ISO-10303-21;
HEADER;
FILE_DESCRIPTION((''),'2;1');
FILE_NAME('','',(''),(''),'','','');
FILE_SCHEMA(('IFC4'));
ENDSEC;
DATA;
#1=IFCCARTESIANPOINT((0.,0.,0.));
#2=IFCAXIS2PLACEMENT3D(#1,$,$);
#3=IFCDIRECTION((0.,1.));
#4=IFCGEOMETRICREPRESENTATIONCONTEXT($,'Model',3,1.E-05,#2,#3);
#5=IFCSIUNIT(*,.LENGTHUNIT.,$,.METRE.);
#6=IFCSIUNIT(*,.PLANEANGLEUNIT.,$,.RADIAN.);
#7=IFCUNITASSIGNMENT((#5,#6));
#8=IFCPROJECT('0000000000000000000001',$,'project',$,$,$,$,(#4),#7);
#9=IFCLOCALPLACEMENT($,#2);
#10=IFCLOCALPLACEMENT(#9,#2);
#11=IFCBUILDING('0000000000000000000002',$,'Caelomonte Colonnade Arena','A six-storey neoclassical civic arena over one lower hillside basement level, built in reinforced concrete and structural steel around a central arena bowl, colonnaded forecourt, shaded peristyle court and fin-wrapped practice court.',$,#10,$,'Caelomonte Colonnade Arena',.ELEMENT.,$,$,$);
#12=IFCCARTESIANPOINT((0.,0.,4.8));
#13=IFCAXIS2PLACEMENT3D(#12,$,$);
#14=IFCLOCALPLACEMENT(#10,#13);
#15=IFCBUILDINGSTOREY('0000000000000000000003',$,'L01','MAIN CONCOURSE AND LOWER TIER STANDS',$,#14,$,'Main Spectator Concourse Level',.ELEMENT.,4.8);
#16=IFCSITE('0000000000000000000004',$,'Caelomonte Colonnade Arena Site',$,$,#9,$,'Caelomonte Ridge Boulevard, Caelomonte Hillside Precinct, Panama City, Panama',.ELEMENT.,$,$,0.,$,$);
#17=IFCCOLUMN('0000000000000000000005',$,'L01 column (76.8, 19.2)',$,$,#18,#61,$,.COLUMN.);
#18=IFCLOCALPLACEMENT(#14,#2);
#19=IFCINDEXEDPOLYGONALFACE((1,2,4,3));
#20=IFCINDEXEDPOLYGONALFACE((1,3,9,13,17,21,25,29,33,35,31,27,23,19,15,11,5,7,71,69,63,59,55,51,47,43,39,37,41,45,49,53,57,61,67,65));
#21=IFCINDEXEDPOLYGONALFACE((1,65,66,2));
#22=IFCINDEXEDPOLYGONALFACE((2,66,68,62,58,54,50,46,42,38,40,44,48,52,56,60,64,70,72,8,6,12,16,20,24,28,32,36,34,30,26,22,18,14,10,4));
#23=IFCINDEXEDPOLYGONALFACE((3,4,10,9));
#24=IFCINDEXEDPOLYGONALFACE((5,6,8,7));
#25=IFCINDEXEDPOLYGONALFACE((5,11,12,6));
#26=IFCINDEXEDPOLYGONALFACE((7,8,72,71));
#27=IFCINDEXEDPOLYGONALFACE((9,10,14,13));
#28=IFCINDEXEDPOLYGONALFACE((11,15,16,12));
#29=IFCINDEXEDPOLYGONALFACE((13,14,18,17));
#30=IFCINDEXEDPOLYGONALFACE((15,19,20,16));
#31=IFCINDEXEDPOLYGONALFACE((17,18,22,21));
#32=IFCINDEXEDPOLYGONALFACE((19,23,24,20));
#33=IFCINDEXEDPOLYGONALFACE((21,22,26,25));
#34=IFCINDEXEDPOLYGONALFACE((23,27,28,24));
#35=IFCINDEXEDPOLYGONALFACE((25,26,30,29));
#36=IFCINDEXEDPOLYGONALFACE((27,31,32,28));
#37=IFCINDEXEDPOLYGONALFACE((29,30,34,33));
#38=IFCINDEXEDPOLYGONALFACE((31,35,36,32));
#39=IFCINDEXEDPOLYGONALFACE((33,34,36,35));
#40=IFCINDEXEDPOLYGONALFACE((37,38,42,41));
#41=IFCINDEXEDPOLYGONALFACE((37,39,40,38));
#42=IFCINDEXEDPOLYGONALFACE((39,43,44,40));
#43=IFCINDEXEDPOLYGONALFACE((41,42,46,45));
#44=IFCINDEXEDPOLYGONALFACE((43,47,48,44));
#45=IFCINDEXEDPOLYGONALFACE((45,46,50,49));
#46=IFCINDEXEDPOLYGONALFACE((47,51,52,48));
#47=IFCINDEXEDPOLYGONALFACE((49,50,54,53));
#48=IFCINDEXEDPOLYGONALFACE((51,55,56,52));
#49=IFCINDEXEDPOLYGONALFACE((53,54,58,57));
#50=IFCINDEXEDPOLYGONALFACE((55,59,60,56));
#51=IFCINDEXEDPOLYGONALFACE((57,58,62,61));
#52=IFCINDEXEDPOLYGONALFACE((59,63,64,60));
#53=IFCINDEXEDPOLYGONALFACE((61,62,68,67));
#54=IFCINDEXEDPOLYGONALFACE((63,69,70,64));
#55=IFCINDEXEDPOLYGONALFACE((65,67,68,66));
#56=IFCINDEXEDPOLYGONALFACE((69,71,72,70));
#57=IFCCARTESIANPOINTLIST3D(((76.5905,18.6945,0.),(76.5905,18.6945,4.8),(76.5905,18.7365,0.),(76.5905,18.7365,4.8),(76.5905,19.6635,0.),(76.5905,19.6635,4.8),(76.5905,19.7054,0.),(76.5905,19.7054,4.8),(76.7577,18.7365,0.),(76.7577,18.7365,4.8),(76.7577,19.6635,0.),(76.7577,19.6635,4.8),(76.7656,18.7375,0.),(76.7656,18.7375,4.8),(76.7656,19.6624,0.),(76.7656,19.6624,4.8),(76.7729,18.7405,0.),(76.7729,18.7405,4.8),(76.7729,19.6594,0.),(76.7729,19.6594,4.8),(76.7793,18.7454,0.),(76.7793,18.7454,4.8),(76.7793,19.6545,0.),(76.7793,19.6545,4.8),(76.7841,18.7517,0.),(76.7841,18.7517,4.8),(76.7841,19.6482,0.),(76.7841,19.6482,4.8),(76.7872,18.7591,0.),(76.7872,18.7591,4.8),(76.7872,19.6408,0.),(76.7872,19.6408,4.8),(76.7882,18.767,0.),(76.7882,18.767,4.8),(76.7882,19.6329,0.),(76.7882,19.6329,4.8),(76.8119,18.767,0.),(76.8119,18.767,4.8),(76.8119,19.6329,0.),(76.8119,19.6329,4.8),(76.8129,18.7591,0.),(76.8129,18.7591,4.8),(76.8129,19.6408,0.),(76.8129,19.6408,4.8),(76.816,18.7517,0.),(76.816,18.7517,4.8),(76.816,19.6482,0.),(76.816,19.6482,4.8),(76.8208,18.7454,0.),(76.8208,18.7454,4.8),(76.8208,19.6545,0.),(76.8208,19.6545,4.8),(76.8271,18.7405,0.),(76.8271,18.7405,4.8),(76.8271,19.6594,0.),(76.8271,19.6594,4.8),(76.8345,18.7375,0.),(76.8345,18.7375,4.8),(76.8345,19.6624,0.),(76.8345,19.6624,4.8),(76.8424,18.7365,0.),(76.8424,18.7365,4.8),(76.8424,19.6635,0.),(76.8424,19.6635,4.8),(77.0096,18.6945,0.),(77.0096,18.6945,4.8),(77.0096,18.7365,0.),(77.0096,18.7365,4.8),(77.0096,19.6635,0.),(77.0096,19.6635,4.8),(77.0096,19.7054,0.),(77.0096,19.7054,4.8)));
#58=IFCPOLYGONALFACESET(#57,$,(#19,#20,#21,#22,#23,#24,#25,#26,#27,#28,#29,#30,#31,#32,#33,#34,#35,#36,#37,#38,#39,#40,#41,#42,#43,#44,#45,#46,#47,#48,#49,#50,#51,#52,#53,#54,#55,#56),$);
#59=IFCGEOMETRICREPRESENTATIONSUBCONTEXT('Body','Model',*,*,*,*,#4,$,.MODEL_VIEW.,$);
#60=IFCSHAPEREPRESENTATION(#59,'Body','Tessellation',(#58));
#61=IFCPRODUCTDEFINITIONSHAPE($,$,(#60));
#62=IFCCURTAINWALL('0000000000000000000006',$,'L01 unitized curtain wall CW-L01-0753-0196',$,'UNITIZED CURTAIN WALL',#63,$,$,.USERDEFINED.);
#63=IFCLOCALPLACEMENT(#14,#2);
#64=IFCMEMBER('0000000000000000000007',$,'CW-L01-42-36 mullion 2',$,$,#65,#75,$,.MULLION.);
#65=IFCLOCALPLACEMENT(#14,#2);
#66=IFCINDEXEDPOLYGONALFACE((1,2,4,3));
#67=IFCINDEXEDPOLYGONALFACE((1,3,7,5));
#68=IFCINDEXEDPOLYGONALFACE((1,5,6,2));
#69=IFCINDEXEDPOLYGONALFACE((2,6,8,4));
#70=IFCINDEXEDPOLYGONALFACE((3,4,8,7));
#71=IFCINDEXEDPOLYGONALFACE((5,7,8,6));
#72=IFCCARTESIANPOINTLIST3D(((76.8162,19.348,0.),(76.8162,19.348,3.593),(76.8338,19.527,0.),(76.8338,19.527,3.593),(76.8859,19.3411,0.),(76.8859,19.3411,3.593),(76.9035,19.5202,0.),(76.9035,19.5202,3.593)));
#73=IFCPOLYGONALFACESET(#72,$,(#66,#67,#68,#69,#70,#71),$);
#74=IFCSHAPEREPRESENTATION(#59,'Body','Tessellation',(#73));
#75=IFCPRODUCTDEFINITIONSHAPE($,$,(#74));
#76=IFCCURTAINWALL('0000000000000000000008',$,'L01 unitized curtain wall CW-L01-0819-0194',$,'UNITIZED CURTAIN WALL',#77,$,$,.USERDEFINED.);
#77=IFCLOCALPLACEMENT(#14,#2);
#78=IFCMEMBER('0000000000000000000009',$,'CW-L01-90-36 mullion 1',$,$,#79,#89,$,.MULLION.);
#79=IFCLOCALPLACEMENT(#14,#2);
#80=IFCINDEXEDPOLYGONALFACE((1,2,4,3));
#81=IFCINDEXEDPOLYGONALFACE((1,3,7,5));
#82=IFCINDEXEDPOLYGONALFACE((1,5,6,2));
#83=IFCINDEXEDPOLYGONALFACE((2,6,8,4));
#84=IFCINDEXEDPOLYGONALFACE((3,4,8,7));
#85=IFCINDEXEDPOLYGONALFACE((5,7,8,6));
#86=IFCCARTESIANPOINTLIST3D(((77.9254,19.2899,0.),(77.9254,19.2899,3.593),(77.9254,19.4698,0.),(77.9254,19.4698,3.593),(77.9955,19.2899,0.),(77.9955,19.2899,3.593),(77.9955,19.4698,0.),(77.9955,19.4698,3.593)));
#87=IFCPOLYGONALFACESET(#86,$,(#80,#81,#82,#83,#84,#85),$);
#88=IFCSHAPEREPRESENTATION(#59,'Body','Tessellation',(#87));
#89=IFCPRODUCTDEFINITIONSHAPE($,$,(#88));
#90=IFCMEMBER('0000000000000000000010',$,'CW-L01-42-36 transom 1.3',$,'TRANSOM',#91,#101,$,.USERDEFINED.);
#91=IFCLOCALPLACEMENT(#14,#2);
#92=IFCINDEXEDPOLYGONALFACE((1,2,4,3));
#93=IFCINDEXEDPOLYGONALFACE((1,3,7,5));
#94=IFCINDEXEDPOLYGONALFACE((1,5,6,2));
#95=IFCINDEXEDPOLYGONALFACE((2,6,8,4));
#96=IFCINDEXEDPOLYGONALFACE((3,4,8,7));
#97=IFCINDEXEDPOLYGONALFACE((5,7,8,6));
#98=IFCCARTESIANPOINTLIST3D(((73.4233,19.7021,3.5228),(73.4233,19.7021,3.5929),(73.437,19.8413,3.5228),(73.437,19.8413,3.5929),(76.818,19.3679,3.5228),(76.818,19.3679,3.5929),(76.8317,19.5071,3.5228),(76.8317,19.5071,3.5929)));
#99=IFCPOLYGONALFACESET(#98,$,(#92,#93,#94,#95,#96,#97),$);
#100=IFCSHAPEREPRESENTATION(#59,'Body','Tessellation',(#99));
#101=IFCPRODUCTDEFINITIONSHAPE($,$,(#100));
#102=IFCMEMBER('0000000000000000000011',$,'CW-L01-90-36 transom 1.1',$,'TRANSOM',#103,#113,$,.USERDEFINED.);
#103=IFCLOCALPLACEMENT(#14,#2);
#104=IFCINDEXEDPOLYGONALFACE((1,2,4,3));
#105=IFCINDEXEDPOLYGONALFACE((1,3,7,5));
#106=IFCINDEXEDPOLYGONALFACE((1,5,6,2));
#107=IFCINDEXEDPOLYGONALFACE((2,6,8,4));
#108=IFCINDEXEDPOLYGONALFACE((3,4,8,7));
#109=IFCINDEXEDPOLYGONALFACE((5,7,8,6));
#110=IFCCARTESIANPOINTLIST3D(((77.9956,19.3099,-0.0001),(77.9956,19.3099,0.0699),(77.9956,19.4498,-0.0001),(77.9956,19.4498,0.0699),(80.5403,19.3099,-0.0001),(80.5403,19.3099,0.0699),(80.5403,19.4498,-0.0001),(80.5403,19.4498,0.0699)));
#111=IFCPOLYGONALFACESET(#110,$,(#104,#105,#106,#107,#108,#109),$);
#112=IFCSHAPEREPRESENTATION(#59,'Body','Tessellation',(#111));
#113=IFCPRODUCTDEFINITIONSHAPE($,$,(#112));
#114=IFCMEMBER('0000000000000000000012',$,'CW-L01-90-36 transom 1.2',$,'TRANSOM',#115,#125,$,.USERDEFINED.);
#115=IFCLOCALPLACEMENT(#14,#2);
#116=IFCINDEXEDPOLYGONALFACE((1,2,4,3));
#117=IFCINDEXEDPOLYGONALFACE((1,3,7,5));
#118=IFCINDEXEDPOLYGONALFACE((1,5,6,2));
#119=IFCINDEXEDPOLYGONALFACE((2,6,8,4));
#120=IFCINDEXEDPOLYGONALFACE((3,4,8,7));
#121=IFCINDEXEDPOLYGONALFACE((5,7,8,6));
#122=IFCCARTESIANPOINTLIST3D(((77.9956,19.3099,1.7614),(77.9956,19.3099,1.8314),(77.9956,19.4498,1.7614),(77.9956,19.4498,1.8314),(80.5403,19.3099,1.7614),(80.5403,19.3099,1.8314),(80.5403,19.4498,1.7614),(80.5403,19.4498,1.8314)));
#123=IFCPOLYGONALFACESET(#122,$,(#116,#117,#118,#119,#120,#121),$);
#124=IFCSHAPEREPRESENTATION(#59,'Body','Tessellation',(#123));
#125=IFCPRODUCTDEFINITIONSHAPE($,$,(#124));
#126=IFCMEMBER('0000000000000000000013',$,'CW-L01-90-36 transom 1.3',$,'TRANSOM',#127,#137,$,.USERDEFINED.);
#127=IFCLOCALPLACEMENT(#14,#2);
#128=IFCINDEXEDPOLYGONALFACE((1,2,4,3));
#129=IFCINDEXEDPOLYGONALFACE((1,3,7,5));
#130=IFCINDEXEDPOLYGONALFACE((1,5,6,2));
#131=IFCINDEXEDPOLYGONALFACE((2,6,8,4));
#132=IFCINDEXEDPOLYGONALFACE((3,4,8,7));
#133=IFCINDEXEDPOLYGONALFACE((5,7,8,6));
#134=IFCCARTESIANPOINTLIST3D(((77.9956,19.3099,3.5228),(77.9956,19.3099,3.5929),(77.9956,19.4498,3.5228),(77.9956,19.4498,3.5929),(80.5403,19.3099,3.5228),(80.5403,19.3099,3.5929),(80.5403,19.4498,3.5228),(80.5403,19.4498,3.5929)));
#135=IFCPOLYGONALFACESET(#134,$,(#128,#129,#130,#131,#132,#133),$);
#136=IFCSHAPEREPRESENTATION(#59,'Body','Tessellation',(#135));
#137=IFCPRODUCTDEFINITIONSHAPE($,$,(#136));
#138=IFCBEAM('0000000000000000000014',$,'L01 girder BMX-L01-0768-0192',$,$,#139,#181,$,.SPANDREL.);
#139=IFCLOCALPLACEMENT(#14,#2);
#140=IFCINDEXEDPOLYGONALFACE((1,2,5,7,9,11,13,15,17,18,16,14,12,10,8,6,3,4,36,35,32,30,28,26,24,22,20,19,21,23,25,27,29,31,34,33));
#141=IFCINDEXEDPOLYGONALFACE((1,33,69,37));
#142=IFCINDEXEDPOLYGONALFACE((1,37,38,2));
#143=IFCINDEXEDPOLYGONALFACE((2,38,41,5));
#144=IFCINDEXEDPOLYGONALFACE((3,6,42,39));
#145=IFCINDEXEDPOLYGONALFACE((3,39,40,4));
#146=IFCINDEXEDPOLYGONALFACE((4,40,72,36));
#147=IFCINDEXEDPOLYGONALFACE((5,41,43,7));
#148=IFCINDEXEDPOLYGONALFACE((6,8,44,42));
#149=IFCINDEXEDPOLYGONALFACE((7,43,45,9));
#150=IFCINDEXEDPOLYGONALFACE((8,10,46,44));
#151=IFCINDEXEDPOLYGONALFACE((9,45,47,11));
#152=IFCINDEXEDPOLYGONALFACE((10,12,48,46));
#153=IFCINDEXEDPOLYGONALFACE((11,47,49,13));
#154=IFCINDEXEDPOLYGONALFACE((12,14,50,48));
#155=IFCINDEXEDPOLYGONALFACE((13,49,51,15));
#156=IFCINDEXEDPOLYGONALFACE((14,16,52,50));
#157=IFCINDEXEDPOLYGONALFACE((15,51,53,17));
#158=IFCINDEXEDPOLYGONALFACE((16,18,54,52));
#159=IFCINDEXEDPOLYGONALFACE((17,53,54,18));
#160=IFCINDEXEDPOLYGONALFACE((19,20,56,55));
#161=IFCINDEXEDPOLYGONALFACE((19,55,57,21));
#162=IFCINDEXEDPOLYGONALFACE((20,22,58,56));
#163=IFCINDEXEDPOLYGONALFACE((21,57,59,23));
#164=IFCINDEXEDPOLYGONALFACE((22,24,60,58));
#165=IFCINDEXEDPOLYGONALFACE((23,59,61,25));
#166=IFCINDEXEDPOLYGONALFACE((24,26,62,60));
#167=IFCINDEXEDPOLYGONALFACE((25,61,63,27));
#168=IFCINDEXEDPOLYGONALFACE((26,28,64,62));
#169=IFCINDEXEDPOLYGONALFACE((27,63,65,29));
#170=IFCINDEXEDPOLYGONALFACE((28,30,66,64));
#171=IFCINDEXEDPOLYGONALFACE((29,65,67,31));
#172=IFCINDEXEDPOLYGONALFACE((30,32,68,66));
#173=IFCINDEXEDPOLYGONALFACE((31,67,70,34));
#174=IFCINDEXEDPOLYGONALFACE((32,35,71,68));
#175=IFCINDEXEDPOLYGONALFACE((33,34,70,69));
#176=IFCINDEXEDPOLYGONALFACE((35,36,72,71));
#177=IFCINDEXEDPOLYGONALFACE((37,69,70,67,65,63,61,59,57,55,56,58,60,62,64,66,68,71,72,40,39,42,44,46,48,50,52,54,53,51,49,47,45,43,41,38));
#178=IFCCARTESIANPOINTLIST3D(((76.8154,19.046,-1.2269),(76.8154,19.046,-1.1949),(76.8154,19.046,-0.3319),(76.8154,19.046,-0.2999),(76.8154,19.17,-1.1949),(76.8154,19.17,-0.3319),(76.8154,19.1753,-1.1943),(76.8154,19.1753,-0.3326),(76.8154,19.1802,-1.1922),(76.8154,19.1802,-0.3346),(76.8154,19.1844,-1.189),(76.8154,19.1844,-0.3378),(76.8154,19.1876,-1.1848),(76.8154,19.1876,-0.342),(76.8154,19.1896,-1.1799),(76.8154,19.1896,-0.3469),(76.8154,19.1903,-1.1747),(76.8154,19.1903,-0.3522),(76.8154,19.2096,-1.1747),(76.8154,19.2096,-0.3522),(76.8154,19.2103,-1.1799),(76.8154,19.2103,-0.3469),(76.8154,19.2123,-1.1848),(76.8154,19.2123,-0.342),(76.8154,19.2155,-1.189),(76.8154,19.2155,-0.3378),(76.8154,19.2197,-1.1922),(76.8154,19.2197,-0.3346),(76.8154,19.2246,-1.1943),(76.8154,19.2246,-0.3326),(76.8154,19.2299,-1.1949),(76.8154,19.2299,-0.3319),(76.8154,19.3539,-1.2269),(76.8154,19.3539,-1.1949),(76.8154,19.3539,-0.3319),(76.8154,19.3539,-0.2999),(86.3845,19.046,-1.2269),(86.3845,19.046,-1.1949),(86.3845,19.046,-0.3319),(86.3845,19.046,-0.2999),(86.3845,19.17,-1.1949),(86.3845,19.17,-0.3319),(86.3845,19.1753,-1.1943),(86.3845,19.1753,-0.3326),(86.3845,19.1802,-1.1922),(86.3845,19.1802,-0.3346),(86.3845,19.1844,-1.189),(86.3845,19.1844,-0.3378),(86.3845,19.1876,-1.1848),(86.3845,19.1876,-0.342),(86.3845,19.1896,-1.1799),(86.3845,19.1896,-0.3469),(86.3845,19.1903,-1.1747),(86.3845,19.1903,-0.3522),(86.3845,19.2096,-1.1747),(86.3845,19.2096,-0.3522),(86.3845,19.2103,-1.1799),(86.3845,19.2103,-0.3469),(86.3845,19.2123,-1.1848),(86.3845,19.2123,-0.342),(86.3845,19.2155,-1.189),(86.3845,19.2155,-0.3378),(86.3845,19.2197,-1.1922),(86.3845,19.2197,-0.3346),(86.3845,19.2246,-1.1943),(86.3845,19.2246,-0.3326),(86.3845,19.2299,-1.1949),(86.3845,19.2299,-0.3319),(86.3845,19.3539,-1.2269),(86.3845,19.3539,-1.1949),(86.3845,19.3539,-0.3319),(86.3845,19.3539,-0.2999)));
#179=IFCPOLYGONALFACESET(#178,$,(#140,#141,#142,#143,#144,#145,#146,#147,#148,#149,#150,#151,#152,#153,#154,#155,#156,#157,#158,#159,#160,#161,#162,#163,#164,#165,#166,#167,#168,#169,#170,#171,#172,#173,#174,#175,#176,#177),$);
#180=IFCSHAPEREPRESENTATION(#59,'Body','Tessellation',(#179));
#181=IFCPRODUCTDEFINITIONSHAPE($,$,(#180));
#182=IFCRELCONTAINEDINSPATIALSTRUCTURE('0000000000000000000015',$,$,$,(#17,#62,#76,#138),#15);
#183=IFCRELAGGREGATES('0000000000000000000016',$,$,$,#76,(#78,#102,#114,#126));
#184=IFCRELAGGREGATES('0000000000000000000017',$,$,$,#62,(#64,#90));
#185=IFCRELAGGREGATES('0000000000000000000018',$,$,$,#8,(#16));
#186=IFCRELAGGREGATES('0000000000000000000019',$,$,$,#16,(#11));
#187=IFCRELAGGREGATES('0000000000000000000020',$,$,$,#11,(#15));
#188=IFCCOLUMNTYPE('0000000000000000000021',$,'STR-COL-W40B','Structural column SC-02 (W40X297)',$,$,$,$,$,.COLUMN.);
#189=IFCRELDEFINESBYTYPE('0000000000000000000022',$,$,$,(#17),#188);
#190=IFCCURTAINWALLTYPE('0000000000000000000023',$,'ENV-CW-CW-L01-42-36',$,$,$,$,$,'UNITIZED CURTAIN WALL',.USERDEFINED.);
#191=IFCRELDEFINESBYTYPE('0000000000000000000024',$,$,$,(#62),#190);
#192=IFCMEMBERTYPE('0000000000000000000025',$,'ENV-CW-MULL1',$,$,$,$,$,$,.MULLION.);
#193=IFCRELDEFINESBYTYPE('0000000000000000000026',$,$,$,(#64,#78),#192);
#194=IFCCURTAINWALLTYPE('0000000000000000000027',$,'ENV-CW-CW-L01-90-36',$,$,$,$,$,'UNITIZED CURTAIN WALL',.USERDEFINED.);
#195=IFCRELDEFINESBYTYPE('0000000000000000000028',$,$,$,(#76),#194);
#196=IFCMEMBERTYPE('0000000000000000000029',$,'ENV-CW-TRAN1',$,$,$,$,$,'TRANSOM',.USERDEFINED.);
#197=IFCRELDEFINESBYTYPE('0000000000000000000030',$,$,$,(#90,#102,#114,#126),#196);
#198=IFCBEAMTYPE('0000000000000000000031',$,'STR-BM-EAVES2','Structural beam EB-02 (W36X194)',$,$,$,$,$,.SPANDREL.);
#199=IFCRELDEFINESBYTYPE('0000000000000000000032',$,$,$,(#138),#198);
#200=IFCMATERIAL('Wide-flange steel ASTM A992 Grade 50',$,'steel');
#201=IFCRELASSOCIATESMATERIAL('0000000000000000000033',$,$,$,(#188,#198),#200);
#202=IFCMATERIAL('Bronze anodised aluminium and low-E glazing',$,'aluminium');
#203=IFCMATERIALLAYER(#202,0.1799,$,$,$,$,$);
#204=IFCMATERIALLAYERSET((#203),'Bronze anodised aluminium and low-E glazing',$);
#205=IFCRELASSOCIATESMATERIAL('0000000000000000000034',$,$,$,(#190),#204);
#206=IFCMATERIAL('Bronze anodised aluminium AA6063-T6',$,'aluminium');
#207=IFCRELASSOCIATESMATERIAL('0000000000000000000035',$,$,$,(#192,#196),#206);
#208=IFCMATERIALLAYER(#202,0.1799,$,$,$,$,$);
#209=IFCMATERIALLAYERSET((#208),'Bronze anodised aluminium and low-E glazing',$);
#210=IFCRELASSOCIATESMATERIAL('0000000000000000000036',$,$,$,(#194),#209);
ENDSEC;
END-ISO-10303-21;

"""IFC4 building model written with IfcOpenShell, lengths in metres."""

from ifc_helpers import new_model, si_unit, direction, frame, origin, origin_2d, place, context, subcontext, project, spatial, rectangle, i_section, extrude, material, layer, layer_set, material_profile, profile_set, type_object, element, aggregate, save


model = new_model("IFC4")

# Units and contexts
model_context = context("Model", 3, precision=1e-05, world=origin(), true_north=direction((0.0, 1.0)))
body_context = subcontext(model_context, "Body", "Model", "MODEL_VIEW")
ifc_project = project(units=[si_unit("LENGTHUNIT", "METRE"), si_unit("PLANEANGLEUNIT", "RADIAN")], contexts=[model_context])

# Site, building, storey
site_placement = place(None, origin())
site = spatial("IfcSite", under=ifc_project, at=site_placement, Name="Caelomonte Colonnade Arena Site", LongName="Caelomonte Ridge Boulevard, Caelomonte Hillside Precinct, Panama City, Panama", CompositionType="ELEMENT", RefElevation=0.0)
building_placement = place(site_placement, origin())
building = spatial("IfcBuilding", under=site, at=building_placement, Name="Caelomonte Colonnade Arena", Description="A six-storey neoclassical civic arena over one lower hillside basement level, built in reinforced concrete and structural steel around a central arena bowl, colonnaded forecourt, shaded peristyle court and fin-wrapped practice court.", LongName="Caelomonte Colonnade Arena", CompositionType="ELEMENT")
storey_placement = place(building_placement, frame((0.0, 0.0, 4.8)))
storey = spatial("IfcBuildingStorey", under=building, at=storey_placement, Name="L01", Description="MAIN CONCOURSE AND LOWER TIER STANDS", LongName="Main Spectator Concourse Level", CompositionType="ELEMENT", Elevation=4.8)

# Column
ifc_material_1 = material(Name="Wide-flange steel ASTM A992 Grade 50", Category="steel")
ifc_material_profile_1 = material_profile(ifc_material_1, i_section(OverallWidth=0.4192, OverallDepth=1.011, WebThickness=0.0237, FlangeThickness=0.042, FilletRadius=0.0305, at=origin_2d()), Name="W40X297")
ifc_profile_set_1 = profile_set([ifc_material_profile_1], Name="Wide-flange steel ASTM A992 Grade 50")
column_type = type_object("IfcColumnType", Name="STR-COL-W40B", Description="Structural column SC-02 (W40X297)", PredefinedType="COLUMN", material=ifc_profile_set_1)
column_placement = place(storey_placement, frame((76.8, 19.2, 0.0), z_axis=(0.0, 0.0, 1.0), x_axis=(1.0, 0.0, 0.0)))
element("IfcColumn", 1, at=column_placement, inside=storey, type_object=column_type, Name="L01 column (76.8, 19.2)", PredefinedType="COLUMN", context=body_context, shape_type="SweptSolid", body=[
    extrude(i_section(OverallWidth=0.4192, OverallDepth=1.011, WebThickness=0.0237, FlangeThickness=0.042, FilletRadius=0.0305, at=origin_2d()), origin(), (0.0, 0.0, 1.0), 4.8),
])

# Curtain walls, members
ifc_material_2 = material(Name="Bronze anodised aluminium and low-E glazing", Category="aluminium")
ifc_layer_1 = layer(ifc_material_2, 0.1799)
ifc_layer_set_1 = layer_set([ifc_layer_1], Name="Bronze anodised aluminium and low-E glazing")
curtain_wall_type_1 = type_object("IfcCurtainWallType", Name="ENV-CW-CW-L01-42-36", ElementType="UNITIZED CURTAIN WALL", PredefinedType="USERDEFINED", material=ifc_layer_set_1)
curtain_wall_1_placement = place(storey_placement, origin())
curtain_wall_1 = element("IfcCurtainWall", 2, at=curtain_wall_1_placement, inside=storey, type_object=curtain_wall_type_1, Name="L01 unitized curtain wall CW-L01-0753-0196", ObjectType="UNITIZED CURTAIN WALL", PredefinedType="USERDEFINED")
ifc_material_3 = material(Name="Bronze anodised aluminium AA6063-T6", Category="aluminium")
ifc_material_profile_2 = material_profile(ifc_material_3, rectangle(XDim=0.0701, YDim=0.1799, at=origin_2d()), Name="CWM-70X180")
ifc_profile_set_2 = profile_set([ifc_material_profile_2], Name="Bronze anodised aluminium AA6063-T6")
member_type_1 = type_object("IfcMemberType", Name="ENV-CW-MULL1", PredefinedType="MULLION", material=ifc_profile_set_2)
member_1_placement = place(storey_placement, frame((76.8599, 19.4341, 0.0), z_axis=(0.0, 0.0, 1.0), x_axis=(0.995184, -0.098023, 0.0)))
member_1 = element("IfcMember", 3, at=member_1_placement, type_object=member_type_1, Name="CW-L01-42-36 mullion 2", PredefinedType="MULLION", context=body_context, shape_type="SweptSolid", body=[
    extrude(rectangle(XDim=0.0701, YDim=0.1799, at=origin_2d()), origin(), (0.0, 0.0, 1.0), 3.593),
])
ifc_layer_2 = layer(ifc_material_2, 0.1799)
ifc_layer_set_2 = layer_set([ifc_layer_2], Name="Bronze anodised aluminium and low-E glazing")
curtain_wall_type_2 = type_object("IfcCurtainWallType", Name="ENV-CW-CW-L01-90-36", ElementType="UNITIZED CURTAIN WALL", PredefinedType="USERDEFINED", material=ifc_layer_set_2)
curtain_wall_2_placement = place(storey_placement, origin())
curtain_wall_2 = element("IfcCurtainWall", 4, at=curtain_wall_2_placement, inside=storey, type_object=curtain_wall_type_2, Name="L01 unitized curtain wall CW-L01-0819-0194", ObjectType="UNITIZED CURTAIN WALL", PredefinedType="USERDEFINED")
member_2_placement = place(storey_placement, frame((77.9604, 19.3799, 0.0), z_axis=(0.0, 0.0, 1.0), x_axis=(1.0, 0.0, 0.0)))
member_2 = element("IfcMember", 5, at=member_2_placement, type_object=member_type_1, Name="CW-L01-90-36 mullion 1", PredefinedType="MULLION", context=body_context, shape_type="SweptSolid", body=[
    extrude(rectangle(XDim=0.0701, YDim=0.1799, at=origin_2d()), origin(), (0.0, 0.0, 1.0), 3.593),
])

# Members
ifc_material_profile_3 = material_profile(ifc_material_3, rectangle(XDim=0.0701, YDim=0.1399, at=origin_2d()), Name="CWT-70X140")
ifc_profile_set_3 = profile_set([ifc_material_profile_3], Name="Bronze anodised aluminium AA6063-T6")
member_type_2 = type_object("IfcMemberType", Name="ENV-CW-TRAN1", ElementType="TRANSOM", PredefinedType="USERDEFINED", material=ifc_profile_set_3)
member_3_placement = place(storey_placement, frame((73.4302, 19.7717, 3.5579), z_axis=(0.995188, -0.09798, 0.0), x_axis=(0.0, 0.0, 1.0)))
member_3 = element("IfcMember", 6, at=member_3_placement, type_object=member_type_2, Name="CW-L01-42-36 transom 1.3", ObjectType="TRANSOM", PredefinedType="USERDEFINED", context=body_context, shape_type="SweptSolid", body=[
    extrude(rectangle(XDim=0.0701, YDim=0.1399, at=origin_2d()), origin(), (0.0, 0.0, 1.0), 3.4111),
])
member_4_placement = place(storey_placement, frame((77.9956, 19.3799, 0.0349), z_axis=(1.0, 0.0, 0.0), x_axis=(0.0, 0.0, 1.0)))
member_4 = element("IfcMember", 7, at=member_4_placement, type_object=member_type_2, Name="CW-L01-90-36 transom 1.1", ObjectType="TRANSOM", PredefinedType="USERDEFINED", context=body_context, shape_type="SweptSolid", body=[
    extrude(rectangle(XDim=0.0701, YDim=0.1399, at=origin_2d()), origin(), (0.0, 0.0, 1.0), 2.5447),
])
member_5_placement = place(storey_placement, frame((77.9956, 19.3799, 1.7964), z_axis=(1.0, 0.0, 0.0), x_axis=(0.0, 0.0, 1.0)))
member_5 = element("IfcMember", 8, at=member_5_placement, type_object=member_type_2, Name="CW-L01-90-36 transom 1.2", ObjectType="TRANSOM", PredefinedType="USERDEFINED", context=body_context, shape_type="SweptSolid", body=[
    extrude(rectangle(XDim=0.0701, YDim=0.1399, at=origin_2d()), origin(), (0.0, 0.0, 1.0), 2.5447),
])
member_6_placement = place(storey_placement, frame((77.9956, 19.3799, 3.5579), z_axis=(1.0, 0.0, 0.0), x_axis=(0.0, 0.0, 1.0)))
member_6 = element("IfcMember", 9, at=member_6_placement, type_object=member_type_2, Name="CW-L01-90-36 transom 1.3", ObjectType="TRANSOM", PredefinedType="USERDEFINED", context=body_context, shape_type="SweptSolid", body=[
    extrude(rectangle(XDim=0.0701, YDim=0.1399, at=origin_2d()), origin(), (0.0, 0.0, 1.0), 2.5447),
])
aggregate(curtain_wall_2, [member_2, member_4, member_5, member_6])

# Beam
ifc_material_profile_4 = material_profile(ifc_material_1, i_section(OverallWidth=0.3079, OverallDepth=0.927, WebThickness=0.0193, FlangeThickness=0.032, FilletRadius=0.0203, at=origin_2d()), Name="W36X194")
ifc_profile_set_4 = profile_set([ifc_material_profile_4], Name="Wide-flange steel ASTM A992 Grade 50")
beam_type_1 = type_object("IfcBeamType", Name="STR-BM-EAVES2", Description="Structural beam EB-02 (W36X194)", PredefinedType="SPANDREL", material=ifc_profile_set_4)
beam_1_placement = place(storey_placement, frame((76.8154, 19.2, -0.7634), z_axis=(1.0, 0.0, 0.0), x_axis=(0.0, 1.0, 0.0)))
element("IfcBeam", 10, at=beam_1_placement, inside=storey, type_object=beam_type_1, Name="L01 girder BMX-L01-0768-0192", PredefinedType="SPANDREL", context=body_context, shape_type="SweptSolid", body=[
    extrude(i_section(OverallWidth=0.3079, OverallDepth=0.927, WebThickness=0.0193, FlangeThickness=0.032, FilletRadius=0.0203, at=origin_2d()), origin(), (0.0, 0.0, 1.0), 9.5691),
])

aggregate(curtain_wall_1, [member_1, member_3])

save(model, "model.ifc")
